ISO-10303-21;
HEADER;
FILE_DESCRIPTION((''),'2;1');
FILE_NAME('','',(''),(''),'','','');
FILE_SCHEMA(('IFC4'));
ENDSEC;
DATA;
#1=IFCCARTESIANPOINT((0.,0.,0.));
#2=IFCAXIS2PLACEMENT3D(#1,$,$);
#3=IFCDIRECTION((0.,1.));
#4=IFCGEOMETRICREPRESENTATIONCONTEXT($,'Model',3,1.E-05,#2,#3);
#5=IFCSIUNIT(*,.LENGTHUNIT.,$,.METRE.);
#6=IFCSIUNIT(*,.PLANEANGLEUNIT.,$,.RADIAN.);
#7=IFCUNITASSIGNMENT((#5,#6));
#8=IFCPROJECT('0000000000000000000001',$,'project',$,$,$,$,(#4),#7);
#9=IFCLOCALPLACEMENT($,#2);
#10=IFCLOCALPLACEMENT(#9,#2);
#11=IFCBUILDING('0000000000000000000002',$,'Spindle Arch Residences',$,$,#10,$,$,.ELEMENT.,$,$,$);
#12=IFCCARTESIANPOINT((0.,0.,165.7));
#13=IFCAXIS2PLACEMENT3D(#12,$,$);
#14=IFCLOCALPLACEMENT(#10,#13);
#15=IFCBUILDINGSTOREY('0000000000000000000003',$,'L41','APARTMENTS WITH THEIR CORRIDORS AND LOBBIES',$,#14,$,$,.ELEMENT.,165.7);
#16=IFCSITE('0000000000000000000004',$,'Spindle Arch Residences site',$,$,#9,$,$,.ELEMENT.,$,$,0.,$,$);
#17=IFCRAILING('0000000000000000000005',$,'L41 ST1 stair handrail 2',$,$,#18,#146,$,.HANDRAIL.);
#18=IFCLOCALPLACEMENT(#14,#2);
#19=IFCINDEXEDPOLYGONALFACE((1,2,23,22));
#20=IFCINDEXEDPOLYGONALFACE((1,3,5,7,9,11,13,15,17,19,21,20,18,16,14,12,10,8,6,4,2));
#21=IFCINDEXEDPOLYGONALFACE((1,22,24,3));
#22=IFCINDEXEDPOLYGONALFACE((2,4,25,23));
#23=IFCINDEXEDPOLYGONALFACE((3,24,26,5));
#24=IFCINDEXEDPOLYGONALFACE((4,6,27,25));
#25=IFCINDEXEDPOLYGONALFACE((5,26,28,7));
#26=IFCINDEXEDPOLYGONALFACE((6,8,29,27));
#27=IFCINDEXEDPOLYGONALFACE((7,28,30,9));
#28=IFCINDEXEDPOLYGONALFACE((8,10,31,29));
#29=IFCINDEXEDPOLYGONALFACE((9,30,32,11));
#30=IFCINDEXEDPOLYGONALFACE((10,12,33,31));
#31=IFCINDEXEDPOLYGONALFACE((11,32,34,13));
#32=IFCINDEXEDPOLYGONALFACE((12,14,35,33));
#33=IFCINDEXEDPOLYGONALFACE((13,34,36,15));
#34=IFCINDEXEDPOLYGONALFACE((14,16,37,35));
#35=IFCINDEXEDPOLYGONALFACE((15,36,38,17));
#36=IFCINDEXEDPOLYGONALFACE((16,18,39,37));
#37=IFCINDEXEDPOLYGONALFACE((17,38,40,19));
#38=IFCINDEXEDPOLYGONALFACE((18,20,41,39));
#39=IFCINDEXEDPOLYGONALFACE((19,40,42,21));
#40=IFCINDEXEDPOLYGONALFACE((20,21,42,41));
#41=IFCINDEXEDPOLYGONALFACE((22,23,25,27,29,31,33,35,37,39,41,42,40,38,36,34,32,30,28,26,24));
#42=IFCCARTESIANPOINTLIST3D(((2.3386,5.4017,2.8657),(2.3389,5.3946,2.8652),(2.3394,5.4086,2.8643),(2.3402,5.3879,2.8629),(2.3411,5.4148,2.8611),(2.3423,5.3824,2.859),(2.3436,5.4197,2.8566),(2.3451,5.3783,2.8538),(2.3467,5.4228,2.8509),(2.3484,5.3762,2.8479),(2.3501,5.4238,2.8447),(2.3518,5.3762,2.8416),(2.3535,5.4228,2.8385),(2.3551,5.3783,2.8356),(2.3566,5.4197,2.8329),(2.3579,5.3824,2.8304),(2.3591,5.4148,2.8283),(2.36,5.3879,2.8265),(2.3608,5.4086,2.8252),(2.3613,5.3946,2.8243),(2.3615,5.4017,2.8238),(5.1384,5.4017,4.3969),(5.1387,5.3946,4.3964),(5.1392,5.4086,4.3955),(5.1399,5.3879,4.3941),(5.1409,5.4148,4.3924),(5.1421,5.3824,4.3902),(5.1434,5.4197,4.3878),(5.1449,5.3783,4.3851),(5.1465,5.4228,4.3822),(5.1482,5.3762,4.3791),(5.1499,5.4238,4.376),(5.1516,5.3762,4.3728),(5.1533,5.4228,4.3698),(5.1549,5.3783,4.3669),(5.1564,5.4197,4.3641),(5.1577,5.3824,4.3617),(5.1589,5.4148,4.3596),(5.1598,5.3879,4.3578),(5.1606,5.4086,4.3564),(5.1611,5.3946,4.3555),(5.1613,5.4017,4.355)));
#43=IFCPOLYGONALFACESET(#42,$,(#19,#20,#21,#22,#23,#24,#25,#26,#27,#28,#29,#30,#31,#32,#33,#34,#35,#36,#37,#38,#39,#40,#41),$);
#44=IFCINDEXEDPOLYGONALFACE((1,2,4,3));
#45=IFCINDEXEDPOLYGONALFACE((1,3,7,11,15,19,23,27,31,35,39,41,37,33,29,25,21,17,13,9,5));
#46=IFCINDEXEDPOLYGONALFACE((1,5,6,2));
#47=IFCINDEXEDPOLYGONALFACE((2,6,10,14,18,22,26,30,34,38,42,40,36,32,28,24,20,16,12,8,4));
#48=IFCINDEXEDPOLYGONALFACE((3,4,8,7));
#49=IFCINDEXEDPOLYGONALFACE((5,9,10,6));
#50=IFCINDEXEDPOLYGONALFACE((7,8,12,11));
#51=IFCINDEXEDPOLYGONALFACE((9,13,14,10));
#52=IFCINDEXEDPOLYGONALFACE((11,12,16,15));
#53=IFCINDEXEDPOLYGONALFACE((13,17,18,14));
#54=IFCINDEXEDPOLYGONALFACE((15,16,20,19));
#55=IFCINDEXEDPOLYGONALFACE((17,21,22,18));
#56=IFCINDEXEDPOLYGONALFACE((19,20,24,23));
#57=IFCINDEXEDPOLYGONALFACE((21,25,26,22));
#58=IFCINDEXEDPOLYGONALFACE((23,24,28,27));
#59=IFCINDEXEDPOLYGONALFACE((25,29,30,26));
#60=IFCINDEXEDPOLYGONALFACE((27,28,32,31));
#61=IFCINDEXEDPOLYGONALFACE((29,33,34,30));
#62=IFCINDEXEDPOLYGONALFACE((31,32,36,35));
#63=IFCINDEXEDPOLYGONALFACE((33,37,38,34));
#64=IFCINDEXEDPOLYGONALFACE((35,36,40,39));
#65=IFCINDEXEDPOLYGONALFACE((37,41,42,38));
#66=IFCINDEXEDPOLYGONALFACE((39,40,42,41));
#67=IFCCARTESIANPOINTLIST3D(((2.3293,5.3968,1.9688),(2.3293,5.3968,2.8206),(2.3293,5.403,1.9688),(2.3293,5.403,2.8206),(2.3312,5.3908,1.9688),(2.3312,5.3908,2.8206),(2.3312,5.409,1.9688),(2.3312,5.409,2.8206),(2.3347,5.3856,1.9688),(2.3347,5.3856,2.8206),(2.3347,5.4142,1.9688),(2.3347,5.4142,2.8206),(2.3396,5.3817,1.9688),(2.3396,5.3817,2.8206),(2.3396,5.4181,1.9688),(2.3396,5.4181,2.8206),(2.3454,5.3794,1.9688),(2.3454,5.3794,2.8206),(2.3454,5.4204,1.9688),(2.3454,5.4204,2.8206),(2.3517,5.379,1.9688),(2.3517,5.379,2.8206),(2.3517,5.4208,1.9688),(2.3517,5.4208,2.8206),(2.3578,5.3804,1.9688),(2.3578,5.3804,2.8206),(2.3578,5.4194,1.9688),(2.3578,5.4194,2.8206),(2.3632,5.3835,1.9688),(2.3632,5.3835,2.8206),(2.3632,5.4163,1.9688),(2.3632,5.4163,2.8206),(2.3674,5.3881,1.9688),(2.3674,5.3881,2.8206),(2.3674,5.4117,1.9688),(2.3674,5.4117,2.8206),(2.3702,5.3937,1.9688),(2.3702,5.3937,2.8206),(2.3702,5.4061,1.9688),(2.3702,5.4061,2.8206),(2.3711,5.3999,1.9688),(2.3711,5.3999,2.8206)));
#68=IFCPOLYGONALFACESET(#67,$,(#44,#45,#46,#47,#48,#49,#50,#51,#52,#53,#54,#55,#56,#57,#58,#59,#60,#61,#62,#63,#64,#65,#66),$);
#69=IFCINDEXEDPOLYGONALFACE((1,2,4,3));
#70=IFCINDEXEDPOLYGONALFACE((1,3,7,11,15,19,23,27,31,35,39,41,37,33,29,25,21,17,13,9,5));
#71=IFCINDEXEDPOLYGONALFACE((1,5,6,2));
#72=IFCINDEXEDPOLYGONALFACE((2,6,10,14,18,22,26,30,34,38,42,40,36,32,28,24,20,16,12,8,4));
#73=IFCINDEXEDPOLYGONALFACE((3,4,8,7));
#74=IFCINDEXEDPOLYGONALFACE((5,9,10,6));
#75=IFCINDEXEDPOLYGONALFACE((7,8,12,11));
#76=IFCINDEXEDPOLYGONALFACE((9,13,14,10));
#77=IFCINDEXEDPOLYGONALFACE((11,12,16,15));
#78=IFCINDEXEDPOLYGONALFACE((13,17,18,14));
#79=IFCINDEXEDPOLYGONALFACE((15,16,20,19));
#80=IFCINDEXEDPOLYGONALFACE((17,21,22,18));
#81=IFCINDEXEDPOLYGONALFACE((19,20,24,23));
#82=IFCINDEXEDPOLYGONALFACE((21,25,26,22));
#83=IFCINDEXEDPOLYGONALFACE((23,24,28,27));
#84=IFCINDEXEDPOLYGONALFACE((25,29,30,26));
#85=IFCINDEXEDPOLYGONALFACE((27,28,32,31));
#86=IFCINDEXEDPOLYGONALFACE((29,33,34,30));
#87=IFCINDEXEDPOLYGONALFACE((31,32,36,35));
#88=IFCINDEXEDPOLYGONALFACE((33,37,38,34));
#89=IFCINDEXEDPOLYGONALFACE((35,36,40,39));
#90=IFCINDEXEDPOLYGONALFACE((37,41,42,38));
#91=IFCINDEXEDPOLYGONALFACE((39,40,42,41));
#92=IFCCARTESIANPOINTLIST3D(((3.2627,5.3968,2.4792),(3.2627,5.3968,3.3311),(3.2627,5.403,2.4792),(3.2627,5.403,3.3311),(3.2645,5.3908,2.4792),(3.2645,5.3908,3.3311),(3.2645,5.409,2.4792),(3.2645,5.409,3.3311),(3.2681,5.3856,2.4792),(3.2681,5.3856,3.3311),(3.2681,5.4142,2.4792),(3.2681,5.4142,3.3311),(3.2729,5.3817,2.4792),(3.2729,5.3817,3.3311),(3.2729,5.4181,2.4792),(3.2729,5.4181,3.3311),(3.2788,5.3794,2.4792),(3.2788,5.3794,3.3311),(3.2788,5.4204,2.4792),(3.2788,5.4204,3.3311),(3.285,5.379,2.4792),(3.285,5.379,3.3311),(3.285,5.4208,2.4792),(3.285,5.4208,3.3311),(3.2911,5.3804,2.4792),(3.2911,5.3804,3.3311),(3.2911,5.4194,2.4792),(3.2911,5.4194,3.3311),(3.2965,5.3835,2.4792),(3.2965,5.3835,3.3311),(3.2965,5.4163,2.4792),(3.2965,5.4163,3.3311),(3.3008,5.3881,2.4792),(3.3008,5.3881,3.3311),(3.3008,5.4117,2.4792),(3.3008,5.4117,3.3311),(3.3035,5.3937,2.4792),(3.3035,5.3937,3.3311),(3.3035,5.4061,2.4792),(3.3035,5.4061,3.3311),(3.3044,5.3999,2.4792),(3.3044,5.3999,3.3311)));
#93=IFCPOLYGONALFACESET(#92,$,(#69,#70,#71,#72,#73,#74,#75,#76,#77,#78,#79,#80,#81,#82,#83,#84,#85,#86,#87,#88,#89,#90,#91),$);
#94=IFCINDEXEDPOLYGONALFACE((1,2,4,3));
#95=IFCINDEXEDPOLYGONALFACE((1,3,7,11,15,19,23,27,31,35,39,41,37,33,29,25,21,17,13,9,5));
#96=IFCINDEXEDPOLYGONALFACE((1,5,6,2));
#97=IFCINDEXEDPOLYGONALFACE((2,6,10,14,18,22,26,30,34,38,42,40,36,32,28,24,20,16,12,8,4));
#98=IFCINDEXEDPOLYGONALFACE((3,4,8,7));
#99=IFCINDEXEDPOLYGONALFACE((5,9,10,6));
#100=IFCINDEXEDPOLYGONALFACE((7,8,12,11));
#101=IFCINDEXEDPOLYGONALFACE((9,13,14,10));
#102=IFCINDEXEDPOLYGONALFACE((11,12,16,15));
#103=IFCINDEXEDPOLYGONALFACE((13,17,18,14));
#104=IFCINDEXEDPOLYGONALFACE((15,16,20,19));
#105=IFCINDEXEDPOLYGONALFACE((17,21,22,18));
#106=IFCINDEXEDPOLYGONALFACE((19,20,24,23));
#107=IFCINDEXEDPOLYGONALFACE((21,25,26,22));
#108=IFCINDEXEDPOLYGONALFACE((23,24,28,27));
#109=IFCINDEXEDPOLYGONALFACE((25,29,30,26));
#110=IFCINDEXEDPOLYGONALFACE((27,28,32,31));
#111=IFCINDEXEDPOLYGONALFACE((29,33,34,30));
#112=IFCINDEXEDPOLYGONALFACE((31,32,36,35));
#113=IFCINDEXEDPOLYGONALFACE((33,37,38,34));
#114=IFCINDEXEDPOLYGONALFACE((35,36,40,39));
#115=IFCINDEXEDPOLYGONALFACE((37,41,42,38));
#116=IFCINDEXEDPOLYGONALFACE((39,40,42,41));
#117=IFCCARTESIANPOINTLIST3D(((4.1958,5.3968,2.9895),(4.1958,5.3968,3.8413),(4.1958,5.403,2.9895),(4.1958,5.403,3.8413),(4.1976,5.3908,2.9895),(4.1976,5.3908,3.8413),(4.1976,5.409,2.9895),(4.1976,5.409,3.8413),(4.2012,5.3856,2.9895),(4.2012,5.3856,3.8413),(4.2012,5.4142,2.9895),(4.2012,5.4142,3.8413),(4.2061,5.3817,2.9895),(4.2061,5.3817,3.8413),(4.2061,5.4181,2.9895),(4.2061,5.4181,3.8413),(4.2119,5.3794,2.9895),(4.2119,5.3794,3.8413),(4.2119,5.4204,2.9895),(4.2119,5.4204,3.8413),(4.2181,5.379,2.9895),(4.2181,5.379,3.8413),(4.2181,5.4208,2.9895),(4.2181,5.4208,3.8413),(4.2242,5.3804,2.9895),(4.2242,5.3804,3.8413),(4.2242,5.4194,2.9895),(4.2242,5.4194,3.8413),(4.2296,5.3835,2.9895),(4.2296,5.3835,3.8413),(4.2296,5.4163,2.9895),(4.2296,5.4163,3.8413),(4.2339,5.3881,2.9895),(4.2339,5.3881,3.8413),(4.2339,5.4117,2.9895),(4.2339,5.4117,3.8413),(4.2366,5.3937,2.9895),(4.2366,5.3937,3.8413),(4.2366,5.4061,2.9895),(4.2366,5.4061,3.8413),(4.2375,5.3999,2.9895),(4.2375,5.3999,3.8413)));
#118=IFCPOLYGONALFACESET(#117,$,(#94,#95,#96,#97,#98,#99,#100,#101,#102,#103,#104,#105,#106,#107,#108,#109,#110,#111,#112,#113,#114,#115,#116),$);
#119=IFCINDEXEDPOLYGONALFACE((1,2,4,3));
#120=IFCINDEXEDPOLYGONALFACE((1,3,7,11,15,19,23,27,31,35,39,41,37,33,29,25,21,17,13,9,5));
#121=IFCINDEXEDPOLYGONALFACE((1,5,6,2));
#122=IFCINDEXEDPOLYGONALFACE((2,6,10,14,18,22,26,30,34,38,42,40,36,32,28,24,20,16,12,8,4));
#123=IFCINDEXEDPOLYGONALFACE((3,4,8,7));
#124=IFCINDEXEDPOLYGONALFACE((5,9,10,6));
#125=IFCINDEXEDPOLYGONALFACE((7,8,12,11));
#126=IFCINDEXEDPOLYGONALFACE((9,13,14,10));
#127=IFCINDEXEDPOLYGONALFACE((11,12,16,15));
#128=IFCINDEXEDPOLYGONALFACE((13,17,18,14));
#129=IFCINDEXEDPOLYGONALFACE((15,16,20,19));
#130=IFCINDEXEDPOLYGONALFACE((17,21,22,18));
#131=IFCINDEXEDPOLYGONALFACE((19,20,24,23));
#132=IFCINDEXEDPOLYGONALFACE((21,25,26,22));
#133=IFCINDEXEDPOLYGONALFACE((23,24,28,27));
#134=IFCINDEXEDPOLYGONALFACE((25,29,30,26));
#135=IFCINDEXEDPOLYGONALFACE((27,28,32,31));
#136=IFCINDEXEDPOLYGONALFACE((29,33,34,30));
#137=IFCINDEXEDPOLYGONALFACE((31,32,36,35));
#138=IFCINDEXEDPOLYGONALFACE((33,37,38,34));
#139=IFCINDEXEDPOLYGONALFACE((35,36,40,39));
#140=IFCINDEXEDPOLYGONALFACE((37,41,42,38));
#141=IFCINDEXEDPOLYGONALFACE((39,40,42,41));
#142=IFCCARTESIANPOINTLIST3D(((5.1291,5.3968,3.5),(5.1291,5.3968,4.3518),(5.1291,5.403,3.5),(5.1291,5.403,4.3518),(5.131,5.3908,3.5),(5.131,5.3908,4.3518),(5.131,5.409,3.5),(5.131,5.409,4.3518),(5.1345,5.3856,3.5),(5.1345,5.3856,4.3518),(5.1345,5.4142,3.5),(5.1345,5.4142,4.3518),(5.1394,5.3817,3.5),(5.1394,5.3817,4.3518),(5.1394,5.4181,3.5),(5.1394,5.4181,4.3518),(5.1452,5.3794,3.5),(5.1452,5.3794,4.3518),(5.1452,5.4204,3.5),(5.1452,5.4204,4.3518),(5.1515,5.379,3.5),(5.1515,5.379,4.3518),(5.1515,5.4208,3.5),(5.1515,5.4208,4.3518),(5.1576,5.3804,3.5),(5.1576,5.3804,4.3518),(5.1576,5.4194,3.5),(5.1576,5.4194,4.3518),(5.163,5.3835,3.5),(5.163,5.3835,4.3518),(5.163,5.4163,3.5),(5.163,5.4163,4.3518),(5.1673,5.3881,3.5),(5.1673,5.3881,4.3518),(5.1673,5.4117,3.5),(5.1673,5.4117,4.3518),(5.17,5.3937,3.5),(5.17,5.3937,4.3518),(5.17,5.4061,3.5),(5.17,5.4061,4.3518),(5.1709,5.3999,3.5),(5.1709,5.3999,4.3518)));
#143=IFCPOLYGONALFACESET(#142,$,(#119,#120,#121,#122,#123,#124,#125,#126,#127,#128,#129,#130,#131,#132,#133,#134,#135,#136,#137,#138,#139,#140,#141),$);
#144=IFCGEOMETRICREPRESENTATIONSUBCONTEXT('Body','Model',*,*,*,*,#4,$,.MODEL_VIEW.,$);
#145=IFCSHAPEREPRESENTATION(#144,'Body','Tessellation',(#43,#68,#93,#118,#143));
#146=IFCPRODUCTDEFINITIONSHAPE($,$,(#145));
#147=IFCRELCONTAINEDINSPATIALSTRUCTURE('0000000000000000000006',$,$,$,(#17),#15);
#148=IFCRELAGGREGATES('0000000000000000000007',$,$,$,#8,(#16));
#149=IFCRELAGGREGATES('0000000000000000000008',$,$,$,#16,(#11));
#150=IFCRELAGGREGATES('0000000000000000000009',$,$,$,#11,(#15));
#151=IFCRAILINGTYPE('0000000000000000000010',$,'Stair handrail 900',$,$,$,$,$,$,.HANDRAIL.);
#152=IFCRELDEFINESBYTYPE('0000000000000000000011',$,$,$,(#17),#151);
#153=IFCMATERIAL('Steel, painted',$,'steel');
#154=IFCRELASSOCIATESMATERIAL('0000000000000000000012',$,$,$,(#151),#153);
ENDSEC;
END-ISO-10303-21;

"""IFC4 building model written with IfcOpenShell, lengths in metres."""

from ifc_helpers import new_model, si_unit, direction, frame, origin, origin_2d, place, context, subcontext, project, spatial, circle, extrude, material, type_object, element, save


model = new_model("IFC4")

# Units and contexts
model_context = context("Model", 3, precision=1e-05, world=origin(), true_north=direction((0.0, 1.0)))
body_context = subcontext(model_context, "Body", "Model", "MODEL_VIEW")
ifc_project = project(units=[si_unit("LENGTHUNIT", "METRE"), si_unit("PLANEANGLEUNIT", "RADIAN")], contexts=[model_context])

# Site, building, storey
site_placement = place(None, origin())
site = spatial("IfcSite", under=ifc_project, at=site_placement, Name="Spindle Arch Residences site", CompositionType="ELEMENT", RefElevation=0.0)
building_placement = place(site_placement, origin())
building = spatial("IfcBuilding", under=site, at=building_placement, Name="Spindle Arch Residences", CompositionType="ELEMENT")
storey_placement = place(building_placement, frame((0.0, 0.0, 165.7)))
storey = spatial("IfcBuildingStorey", under=building, at=storey_placement, Name="L41", Description="APARTMENTS WITH THEIR CORRIDORS AND LOBBIES", CompositionType="ELEMENT", Elevation=165.7)

# Railing
ifc_material_1 = material(Name="Steel, painted", Category="steel")
railing_type_1 = type_object("IfcRailingType", Name="Stair handrail 900", PredefinedType="HANDRAIL", material=ifc_material_1)
railing_1_placement = place(storey_placement, frame((2.3501, 5.3999, 1.9688)))
element("IfcRailing", 1, at=railing_1_placement, inside=storey, type_object=railing_type_1, Name="L41 ST1 stair handrail 2", PredefinedType="HANDRAIL", context=body_context, shape_type="SweptSolid", body=[
    extrude(circle(Radius=0.0239, at=origin_2d()), frame((0.0, 0.0, 0.876), z_axis=(0.877357, 0.0, 0.479838), x_axis=(0.0, 1.0, 0.0)), (0.0, 0.0, 1.0), 3.1912),
    extrude(circle(Radius=0.021, at=origin_2d()), origin(), (0.0, 0.0, 1.0), 0.8518),
    extrude(circle(Radius=0.021, at=origin_2d()), frame((0.9333, 0.0, 0.5105)), (0.0, 0.0, 1.0), 0.8518),
    extrude(circle(Radius=0.021, at=origin_2d()), frame((1.8665, 0.0, 1.0208)), (0.0, 0.0, 1.0), 0.8518),
    extrude(circle(Radius=0.021, at=origin_2d()), frame((2.7998, 0.0, 1.5312)), (0.0, 0.0, 1.0), 0.8518),
])

save(model, "model.ifc")
